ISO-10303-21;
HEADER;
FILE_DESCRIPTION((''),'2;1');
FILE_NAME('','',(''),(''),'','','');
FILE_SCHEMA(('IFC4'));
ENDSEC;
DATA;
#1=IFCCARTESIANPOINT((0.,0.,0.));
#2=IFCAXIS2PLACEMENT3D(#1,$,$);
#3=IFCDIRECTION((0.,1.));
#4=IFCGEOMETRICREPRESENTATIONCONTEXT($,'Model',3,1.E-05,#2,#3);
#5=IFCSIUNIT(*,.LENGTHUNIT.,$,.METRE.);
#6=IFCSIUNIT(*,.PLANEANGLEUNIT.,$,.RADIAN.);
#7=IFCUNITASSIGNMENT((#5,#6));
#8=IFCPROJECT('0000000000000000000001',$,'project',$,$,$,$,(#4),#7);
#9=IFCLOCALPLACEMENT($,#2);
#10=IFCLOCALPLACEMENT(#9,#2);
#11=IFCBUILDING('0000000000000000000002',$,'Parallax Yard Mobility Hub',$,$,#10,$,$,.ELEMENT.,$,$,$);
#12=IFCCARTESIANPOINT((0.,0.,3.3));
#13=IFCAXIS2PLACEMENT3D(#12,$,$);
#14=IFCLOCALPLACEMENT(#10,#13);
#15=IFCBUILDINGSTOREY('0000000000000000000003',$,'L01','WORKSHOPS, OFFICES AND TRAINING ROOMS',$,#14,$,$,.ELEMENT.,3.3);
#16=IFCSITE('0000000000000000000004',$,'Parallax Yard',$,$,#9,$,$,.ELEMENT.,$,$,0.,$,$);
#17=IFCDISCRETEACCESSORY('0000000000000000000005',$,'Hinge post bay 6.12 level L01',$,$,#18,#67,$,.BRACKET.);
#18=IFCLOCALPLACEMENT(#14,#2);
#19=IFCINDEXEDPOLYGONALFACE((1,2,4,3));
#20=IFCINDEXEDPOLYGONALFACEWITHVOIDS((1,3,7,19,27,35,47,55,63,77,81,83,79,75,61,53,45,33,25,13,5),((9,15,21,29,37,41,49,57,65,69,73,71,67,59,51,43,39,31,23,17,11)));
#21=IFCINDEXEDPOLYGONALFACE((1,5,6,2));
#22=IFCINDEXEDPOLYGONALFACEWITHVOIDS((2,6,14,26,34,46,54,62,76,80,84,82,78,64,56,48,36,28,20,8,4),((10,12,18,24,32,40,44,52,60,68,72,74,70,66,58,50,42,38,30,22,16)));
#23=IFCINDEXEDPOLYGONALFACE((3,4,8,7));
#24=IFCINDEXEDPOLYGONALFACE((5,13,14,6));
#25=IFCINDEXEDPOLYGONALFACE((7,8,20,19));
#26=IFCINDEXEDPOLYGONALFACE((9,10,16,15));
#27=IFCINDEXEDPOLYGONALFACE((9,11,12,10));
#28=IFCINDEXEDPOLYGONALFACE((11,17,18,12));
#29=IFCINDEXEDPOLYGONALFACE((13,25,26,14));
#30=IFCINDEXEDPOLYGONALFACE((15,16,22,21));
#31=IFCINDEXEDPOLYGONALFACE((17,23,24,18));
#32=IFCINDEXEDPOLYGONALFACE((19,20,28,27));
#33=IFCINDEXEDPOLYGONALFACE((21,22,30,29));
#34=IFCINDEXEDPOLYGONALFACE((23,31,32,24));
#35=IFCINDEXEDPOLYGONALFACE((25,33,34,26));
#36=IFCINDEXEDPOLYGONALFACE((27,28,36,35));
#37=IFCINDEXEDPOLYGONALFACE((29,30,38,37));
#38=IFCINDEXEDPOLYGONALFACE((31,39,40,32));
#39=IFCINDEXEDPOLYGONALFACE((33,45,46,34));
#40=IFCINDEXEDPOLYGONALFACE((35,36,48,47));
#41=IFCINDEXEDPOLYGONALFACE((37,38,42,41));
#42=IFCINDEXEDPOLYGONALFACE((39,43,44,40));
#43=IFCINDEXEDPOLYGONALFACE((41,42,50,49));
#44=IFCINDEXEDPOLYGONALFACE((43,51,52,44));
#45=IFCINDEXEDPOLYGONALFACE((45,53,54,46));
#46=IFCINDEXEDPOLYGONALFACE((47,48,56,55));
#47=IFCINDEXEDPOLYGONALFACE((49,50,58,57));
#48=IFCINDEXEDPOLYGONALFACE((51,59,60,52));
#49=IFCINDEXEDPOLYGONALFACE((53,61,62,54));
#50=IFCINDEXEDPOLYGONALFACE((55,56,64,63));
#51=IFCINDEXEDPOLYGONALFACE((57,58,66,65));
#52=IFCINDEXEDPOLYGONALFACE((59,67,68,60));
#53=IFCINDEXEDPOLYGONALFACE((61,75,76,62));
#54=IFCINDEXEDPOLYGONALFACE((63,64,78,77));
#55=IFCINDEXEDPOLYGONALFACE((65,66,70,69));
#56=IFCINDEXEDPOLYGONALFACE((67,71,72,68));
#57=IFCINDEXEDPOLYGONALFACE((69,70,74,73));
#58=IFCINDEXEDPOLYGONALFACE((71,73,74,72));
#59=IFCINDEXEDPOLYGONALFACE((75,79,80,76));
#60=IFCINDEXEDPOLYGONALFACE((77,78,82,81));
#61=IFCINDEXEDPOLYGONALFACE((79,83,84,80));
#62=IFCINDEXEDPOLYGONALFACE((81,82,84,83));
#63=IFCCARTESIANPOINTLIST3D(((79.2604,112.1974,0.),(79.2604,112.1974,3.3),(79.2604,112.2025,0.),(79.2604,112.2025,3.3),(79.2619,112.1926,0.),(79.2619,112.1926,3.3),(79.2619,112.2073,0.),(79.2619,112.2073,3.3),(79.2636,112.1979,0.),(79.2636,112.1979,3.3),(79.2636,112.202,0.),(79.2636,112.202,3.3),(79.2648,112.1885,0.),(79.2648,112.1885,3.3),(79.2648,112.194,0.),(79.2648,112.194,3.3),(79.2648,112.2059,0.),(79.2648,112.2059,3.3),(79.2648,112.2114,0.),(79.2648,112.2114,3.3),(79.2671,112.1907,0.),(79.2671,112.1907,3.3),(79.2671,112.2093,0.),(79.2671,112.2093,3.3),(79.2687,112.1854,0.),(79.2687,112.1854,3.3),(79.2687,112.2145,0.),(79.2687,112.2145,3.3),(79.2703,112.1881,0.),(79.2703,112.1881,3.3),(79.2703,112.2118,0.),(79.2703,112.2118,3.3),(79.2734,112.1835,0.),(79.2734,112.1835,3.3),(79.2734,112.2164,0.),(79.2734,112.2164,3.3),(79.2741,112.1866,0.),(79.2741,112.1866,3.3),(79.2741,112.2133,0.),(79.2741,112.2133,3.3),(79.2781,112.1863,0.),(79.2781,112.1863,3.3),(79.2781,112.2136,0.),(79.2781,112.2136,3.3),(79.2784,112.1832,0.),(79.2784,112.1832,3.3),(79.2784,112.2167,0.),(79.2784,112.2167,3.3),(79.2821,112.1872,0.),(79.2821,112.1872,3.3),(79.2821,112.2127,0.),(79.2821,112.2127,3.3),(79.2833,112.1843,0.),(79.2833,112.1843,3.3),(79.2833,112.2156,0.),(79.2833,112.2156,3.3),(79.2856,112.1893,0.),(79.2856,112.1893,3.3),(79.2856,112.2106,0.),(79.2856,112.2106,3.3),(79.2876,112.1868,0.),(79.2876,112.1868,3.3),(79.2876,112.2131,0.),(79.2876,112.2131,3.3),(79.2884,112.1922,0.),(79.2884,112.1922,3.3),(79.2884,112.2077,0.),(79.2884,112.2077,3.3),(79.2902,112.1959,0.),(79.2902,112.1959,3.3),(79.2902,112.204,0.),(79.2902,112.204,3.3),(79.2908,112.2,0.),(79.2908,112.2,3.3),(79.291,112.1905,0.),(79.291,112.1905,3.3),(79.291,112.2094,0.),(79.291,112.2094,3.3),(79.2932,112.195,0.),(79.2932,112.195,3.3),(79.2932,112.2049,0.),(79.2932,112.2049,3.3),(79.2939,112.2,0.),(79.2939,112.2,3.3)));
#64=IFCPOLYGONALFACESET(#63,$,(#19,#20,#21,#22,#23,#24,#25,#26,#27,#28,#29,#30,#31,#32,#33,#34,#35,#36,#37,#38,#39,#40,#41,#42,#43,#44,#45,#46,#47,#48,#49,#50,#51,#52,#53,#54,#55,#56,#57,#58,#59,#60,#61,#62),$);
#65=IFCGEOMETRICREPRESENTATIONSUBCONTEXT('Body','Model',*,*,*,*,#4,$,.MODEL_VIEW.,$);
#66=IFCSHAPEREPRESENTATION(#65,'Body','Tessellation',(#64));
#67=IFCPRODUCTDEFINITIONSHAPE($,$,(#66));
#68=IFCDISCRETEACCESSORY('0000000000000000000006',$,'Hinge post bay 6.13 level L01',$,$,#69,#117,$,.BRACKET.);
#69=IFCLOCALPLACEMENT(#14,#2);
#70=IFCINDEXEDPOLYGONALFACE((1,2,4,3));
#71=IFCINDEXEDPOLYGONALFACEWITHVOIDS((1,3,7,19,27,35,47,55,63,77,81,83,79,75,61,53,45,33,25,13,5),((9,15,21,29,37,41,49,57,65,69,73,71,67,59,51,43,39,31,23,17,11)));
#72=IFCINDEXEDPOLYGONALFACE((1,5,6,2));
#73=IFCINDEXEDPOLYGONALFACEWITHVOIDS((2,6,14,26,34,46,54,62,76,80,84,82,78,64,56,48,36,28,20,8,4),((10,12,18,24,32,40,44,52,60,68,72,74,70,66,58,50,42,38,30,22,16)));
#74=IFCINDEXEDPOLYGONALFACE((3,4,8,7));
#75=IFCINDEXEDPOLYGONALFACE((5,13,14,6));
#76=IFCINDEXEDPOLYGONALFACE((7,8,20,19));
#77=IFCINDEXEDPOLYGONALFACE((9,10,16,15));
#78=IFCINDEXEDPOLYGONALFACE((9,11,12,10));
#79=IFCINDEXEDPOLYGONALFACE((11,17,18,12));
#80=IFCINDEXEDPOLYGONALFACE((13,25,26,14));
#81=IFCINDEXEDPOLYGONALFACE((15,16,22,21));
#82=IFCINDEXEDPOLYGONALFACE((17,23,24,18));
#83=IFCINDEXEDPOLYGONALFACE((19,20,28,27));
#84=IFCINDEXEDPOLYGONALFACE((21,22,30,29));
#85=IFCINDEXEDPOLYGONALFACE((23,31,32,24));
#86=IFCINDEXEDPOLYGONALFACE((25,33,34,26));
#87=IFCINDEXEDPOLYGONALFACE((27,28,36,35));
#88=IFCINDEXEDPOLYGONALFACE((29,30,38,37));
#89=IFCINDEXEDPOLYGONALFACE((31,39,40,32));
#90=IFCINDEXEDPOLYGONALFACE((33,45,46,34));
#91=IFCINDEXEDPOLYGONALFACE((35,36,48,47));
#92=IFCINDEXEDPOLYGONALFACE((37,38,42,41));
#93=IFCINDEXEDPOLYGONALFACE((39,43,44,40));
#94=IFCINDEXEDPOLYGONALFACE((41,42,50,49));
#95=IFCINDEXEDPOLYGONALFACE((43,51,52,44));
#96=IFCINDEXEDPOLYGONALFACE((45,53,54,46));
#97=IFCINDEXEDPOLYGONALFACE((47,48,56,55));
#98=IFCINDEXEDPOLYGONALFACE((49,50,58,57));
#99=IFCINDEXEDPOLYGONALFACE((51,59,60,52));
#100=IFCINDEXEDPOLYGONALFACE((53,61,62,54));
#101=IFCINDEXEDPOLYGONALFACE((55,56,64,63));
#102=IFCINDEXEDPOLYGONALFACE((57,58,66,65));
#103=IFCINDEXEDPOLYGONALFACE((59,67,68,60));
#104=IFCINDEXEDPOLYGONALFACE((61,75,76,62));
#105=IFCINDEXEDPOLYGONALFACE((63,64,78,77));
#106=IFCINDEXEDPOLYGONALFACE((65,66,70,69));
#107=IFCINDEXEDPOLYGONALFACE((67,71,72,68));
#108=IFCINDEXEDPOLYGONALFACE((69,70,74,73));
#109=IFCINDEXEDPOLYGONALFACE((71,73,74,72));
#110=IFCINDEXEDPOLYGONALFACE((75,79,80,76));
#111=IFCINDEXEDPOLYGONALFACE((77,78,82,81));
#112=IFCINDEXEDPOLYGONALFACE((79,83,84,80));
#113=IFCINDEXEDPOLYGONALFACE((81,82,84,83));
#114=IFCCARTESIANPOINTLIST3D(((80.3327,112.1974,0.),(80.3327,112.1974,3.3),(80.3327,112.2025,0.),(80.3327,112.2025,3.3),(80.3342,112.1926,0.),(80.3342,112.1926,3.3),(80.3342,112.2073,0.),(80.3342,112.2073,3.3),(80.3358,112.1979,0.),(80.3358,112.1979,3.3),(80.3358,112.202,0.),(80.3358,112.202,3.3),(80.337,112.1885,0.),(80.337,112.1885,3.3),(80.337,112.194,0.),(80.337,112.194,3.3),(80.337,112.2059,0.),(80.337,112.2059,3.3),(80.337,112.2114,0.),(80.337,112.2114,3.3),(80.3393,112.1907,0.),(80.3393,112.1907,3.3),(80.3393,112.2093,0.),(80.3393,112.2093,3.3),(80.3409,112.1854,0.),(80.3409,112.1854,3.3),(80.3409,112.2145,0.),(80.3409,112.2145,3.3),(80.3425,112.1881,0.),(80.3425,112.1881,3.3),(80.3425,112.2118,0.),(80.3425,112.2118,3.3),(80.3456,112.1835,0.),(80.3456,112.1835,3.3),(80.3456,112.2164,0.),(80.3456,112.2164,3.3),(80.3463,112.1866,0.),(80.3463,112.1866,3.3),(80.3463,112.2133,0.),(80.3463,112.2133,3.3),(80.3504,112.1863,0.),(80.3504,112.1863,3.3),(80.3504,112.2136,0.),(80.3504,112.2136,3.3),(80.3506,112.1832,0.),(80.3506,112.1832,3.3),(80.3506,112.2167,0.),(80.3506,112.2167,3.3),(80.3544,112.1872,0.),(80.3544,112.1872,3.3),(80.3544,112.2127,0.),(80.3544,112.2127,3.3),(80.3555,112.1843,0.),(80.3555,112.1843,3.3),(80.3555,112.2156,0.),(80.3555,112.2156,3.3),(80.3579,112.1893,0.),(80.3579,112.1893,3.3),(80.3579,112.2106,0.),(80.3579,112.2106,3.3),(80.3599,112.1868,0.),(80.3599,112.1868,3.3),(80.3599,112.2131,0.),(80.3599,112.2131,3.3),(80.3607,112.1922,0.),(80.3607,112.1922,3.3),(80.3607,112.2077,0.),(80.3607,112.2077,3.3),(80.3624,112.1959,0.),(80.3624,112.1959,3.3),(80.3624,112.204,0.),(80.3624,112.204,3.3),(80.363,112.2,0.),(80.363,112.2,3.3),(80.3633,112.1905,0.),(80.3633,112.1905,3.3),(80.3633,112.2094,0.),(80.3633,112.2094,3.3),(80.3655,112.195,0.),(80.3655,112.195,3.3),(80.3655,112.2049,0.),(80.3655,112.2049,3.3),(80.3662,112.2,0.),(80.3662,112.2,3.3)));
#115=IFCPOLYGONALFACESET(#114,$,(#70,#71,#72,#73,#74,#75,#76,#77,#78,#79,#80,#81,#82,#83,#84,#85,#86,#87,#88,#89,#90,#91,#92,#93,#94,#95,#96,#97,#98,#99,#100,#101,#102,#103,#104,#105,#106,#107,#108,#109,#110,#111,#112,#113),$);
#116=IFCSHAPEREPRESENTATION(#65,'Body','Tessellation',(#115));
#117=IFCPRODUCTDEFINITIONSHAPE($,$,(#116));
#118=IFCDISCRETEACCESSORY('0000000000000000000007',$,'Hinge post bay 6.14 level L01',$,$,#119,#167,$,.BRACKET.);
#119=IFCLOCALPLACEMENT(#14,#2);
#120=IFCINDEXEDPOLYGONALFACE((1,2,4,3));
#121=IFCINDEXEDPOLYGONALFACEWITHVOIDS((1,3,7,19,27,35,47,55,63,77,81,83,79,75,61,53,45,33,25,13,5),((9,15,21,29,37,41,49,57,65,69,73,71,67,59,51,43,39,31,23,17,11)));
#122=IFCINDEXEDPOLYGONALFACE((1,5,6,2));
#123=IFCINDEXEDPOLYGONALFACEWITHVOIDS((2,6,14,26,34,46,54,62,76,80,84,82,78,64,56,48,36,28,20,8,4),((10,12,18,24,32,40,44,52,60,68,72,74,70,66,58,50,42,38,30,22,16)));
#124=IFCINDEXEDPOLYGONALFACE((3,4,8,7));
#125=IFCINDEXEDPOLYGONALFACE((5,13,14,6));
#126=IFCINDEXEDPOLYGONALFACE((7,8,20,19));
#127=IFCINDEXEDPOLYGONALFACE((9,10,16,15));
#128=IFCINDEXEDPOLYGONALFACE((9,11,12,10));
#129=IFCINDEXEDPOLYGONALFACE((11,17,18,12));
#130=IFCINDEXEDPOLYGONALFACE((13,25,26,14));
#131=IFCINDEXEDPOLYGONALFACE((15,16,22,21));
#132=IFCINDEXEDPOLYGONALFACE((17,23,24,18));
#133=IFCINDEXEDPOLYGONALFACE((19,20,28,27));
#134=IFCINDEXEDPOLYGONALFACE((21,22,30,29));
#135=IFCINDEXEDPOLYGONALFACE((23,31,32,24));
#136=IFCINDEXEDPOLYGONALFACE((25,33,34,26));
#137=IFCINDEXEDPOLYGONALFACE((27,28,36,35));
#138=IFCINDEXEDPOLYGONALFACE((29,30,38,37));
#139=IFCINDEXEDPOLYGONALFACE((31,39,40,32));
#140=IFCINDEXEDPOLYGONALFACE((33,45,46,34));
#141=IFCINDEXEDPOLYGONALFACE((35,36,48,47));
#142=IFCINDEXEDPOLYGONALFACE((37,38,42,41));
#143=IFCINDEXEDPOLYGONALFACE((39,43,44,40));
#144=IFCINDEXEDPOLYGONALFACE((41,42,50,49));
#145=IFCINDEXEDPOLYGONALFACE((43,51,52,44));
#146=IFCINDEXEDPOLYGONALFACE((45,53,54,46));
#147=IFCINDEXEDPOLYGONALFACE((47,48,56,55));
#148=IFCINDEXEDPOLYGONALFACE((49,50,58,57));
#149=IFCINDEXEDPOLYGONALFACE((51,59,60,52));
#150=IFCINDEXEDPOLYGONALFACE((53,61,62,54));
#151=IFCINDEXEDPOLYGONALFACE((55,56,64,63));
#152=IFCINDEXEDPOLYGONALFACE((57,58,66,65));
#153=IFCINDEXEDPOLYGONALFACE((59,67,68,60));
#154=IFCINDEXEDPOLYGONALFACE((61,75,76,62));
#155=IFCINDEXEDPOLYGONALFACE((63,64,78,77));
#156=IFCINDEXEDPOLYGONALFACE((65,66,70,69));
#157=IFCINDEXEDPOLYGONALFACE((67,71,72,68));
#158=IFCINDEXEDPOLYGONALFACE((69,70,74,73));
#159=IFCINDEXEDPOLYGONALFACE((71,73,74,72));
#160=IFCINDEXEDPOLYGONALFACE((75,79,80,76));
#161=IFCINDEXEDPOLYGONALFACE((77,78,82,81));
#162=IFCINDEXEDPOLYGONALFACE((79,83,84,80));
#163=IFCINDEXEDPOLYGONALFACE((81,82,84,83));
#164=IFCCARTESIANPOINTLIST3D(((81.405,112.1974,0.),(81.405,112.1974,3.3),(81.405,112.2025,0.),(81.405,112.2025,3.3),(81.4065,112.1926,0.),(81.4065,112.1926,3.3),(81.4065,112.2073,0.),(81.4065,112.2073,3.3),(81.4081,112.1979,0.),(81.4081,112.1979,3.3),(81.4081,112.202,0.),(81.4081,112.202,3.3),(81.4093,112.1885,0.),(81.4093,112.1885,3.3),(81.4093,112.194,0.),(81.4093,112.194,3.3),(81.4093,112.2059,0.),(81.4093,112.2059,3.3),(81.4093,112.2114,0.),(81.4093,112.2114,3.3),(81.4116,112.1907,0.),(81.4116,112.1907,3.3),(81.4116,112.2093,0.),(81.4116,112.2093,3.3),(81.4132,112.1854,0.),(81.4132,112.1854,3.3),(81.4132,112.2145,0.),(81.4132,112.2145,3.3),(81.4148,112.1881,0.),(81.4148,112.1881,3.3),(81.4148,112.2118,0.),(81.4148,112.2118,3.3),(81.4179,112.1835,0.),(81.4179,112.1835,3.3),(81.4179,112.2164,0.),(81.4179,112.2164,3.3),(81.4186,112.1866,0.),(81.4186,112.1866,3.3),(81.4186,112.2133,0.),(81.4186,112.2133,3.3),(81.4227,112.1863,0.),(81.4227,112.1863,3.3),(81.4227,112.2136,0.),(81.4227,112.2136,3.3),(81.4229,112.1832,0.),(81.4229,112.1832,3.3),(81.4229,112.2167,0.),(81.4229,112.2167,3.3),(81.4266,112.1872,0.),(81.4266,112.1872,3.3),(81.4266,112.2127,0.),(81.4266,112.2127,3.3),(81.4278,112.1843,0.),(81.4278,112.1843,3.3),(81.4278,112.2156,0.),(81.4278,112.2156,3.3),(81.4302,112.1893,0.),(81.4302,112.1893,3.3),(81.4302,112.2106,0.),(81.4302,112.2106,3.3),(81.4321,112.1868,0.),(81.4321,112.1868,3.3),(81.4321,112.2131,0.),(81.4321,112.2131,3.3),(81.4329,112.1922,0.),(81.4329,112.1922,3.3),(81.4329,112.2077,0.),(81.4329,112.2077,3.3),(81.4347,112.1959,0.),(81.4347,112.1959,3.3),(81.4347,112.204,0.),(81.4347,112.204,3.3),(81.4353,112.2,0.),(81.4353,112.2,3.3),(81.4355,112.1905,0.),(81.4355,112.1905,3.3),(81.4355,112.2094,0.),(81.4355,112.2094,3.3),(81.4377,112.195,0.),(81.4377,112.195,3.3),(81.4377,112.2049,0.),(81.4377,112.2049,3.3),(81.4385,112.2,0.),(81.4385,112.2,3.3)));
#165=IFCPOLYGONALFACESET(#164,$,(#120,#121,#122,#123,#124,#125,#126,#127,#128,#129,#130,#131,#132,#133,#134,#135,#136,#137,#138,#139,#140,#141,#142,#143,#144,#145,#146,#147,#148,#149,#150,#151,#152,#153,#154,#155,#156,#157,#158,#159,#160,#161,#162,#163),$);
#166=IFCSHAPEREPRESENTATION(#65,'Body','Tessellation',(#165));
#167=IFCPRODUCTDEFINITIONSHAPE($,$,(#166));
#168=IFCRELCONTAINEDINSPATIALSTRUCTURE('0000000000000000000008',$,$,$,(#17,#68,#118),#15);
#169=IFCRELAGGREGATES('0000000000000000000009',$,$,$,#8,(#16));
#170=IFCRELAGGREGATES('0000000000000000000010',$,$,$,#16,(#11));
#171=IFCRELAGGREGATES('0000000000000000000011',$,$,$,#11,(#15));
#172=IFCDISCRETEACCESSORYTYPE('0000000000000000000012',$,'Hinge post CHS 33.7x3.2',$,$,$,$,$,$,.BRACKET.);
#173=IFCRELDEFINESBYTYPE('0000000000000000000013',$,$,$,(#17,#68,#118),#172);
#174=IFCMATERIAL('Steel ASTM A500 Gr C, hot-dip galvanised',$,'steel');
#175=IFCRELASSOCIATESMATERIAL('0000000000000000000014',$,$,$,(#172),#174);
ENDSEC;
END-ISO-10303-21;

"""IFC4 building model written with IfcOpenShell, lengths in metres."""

from ifc_helpers import new_model, si_unit, direction, frame, origin, origin_2d, place, context, subcontext, project, spatial, hollow_circle, extrude, material, material_profile, profile_set, type_object, element, save


model = new_model("IFC4")

# Units and contexts
model_context = context("Model", 3, precision=1e-05, world=origin(), true_north=direction((0.0, 1.0)))
body_context = subcontext(model_context, "Body", "Model", "MODEL_VIEW")
ifc_project = project(units=[si_unit("LENGTHUNIT", "METRE"), si_unit("PLANEANGLEUNIT", "RADIAN")], contexts=[model_context])

# Site, building, storey
site_placement = place(None, origin())
site = spatial("IfcSite", under=ifc_project, at=site_placement, Name="Parallax Yard", CompositionType="ELEMENT", RefElevation=0.0)
building_placement = place(site_placement, origin())
building = spatial("IfcBuilding", under=site, at=building_placement, Name="Parallax Yard Mobility Hub", CompositionType="ELEMENT")
storey_placement = place(building_placement, frame((0.0, 0.0, 3.3)))
storey = spatial("IfcBuildingStorey", under=building, at=storey_placement, Name="L01", Description="WORKSHOPS, OFFICES AND TRAINING ROOMS", CompositionType="ELEMENT", Elevation=3.3)

# Discrete accessories
ifc_material_1 = material(Name="Steel ASTM A500 Gr C, hot-dip galvanised", Category="steel")
ifc_material_profile_1 = material_profile(ifc_material_1, hollow_circle(Radius=0.0168, WallThickness=0.0032, at=origin_2d()), Name="CHS 33.7x3.2")
ifc_profile_set_1 = profile_set([ifc_material_profile_1], Name="Steel ASTM A500 Gr C, hot-dip galvanised")
discrete_accessory_type_1 = type_object("IfcDiscreteAccessoryType", Name="Hinge post CHS 33.7x3.2", PredefinedType="BRACKET", material=ifc_profile_set_1)
for number, where, z_axis, x_axis, name in (
    (1, (79.2771, 112.2, 0.0), (0.0, 0.0, 1.0), (1.0, 0.0, 0.0), "Hinge post bay 6.12 level L01"),
    (2, (80.3494, 112.2, 0.0), (0.0, 0.0, 1.0), (1.0, 0.0, 0.0), "Hinge post bay 6.13 level L01"),
    (3, (81.4216, 112.2, 0.0), (0.0, 0.0, 1.0), (1.0, 0.0, 0.0), "Hinge post bay 6.14 level L01"),
):
    element("IfcDiscreteAccessory", number, at=place(storey_placement, frame(where, z_axis=z_axis, x_axis=x_axis)), inside=storey, type_object=discrete_accessory_type_1, Name=name, PredefinedType="BRACKET", context=body_context, shape_type="SweptSolid", body=[
        extrude(hollow_circle(Radius=0.0168, WallThickness=0.0032, at=origin_2d()), origin(), (0.0, 0.0, 1.0), 3.3),
    ])

save(model, "model.ifc")
